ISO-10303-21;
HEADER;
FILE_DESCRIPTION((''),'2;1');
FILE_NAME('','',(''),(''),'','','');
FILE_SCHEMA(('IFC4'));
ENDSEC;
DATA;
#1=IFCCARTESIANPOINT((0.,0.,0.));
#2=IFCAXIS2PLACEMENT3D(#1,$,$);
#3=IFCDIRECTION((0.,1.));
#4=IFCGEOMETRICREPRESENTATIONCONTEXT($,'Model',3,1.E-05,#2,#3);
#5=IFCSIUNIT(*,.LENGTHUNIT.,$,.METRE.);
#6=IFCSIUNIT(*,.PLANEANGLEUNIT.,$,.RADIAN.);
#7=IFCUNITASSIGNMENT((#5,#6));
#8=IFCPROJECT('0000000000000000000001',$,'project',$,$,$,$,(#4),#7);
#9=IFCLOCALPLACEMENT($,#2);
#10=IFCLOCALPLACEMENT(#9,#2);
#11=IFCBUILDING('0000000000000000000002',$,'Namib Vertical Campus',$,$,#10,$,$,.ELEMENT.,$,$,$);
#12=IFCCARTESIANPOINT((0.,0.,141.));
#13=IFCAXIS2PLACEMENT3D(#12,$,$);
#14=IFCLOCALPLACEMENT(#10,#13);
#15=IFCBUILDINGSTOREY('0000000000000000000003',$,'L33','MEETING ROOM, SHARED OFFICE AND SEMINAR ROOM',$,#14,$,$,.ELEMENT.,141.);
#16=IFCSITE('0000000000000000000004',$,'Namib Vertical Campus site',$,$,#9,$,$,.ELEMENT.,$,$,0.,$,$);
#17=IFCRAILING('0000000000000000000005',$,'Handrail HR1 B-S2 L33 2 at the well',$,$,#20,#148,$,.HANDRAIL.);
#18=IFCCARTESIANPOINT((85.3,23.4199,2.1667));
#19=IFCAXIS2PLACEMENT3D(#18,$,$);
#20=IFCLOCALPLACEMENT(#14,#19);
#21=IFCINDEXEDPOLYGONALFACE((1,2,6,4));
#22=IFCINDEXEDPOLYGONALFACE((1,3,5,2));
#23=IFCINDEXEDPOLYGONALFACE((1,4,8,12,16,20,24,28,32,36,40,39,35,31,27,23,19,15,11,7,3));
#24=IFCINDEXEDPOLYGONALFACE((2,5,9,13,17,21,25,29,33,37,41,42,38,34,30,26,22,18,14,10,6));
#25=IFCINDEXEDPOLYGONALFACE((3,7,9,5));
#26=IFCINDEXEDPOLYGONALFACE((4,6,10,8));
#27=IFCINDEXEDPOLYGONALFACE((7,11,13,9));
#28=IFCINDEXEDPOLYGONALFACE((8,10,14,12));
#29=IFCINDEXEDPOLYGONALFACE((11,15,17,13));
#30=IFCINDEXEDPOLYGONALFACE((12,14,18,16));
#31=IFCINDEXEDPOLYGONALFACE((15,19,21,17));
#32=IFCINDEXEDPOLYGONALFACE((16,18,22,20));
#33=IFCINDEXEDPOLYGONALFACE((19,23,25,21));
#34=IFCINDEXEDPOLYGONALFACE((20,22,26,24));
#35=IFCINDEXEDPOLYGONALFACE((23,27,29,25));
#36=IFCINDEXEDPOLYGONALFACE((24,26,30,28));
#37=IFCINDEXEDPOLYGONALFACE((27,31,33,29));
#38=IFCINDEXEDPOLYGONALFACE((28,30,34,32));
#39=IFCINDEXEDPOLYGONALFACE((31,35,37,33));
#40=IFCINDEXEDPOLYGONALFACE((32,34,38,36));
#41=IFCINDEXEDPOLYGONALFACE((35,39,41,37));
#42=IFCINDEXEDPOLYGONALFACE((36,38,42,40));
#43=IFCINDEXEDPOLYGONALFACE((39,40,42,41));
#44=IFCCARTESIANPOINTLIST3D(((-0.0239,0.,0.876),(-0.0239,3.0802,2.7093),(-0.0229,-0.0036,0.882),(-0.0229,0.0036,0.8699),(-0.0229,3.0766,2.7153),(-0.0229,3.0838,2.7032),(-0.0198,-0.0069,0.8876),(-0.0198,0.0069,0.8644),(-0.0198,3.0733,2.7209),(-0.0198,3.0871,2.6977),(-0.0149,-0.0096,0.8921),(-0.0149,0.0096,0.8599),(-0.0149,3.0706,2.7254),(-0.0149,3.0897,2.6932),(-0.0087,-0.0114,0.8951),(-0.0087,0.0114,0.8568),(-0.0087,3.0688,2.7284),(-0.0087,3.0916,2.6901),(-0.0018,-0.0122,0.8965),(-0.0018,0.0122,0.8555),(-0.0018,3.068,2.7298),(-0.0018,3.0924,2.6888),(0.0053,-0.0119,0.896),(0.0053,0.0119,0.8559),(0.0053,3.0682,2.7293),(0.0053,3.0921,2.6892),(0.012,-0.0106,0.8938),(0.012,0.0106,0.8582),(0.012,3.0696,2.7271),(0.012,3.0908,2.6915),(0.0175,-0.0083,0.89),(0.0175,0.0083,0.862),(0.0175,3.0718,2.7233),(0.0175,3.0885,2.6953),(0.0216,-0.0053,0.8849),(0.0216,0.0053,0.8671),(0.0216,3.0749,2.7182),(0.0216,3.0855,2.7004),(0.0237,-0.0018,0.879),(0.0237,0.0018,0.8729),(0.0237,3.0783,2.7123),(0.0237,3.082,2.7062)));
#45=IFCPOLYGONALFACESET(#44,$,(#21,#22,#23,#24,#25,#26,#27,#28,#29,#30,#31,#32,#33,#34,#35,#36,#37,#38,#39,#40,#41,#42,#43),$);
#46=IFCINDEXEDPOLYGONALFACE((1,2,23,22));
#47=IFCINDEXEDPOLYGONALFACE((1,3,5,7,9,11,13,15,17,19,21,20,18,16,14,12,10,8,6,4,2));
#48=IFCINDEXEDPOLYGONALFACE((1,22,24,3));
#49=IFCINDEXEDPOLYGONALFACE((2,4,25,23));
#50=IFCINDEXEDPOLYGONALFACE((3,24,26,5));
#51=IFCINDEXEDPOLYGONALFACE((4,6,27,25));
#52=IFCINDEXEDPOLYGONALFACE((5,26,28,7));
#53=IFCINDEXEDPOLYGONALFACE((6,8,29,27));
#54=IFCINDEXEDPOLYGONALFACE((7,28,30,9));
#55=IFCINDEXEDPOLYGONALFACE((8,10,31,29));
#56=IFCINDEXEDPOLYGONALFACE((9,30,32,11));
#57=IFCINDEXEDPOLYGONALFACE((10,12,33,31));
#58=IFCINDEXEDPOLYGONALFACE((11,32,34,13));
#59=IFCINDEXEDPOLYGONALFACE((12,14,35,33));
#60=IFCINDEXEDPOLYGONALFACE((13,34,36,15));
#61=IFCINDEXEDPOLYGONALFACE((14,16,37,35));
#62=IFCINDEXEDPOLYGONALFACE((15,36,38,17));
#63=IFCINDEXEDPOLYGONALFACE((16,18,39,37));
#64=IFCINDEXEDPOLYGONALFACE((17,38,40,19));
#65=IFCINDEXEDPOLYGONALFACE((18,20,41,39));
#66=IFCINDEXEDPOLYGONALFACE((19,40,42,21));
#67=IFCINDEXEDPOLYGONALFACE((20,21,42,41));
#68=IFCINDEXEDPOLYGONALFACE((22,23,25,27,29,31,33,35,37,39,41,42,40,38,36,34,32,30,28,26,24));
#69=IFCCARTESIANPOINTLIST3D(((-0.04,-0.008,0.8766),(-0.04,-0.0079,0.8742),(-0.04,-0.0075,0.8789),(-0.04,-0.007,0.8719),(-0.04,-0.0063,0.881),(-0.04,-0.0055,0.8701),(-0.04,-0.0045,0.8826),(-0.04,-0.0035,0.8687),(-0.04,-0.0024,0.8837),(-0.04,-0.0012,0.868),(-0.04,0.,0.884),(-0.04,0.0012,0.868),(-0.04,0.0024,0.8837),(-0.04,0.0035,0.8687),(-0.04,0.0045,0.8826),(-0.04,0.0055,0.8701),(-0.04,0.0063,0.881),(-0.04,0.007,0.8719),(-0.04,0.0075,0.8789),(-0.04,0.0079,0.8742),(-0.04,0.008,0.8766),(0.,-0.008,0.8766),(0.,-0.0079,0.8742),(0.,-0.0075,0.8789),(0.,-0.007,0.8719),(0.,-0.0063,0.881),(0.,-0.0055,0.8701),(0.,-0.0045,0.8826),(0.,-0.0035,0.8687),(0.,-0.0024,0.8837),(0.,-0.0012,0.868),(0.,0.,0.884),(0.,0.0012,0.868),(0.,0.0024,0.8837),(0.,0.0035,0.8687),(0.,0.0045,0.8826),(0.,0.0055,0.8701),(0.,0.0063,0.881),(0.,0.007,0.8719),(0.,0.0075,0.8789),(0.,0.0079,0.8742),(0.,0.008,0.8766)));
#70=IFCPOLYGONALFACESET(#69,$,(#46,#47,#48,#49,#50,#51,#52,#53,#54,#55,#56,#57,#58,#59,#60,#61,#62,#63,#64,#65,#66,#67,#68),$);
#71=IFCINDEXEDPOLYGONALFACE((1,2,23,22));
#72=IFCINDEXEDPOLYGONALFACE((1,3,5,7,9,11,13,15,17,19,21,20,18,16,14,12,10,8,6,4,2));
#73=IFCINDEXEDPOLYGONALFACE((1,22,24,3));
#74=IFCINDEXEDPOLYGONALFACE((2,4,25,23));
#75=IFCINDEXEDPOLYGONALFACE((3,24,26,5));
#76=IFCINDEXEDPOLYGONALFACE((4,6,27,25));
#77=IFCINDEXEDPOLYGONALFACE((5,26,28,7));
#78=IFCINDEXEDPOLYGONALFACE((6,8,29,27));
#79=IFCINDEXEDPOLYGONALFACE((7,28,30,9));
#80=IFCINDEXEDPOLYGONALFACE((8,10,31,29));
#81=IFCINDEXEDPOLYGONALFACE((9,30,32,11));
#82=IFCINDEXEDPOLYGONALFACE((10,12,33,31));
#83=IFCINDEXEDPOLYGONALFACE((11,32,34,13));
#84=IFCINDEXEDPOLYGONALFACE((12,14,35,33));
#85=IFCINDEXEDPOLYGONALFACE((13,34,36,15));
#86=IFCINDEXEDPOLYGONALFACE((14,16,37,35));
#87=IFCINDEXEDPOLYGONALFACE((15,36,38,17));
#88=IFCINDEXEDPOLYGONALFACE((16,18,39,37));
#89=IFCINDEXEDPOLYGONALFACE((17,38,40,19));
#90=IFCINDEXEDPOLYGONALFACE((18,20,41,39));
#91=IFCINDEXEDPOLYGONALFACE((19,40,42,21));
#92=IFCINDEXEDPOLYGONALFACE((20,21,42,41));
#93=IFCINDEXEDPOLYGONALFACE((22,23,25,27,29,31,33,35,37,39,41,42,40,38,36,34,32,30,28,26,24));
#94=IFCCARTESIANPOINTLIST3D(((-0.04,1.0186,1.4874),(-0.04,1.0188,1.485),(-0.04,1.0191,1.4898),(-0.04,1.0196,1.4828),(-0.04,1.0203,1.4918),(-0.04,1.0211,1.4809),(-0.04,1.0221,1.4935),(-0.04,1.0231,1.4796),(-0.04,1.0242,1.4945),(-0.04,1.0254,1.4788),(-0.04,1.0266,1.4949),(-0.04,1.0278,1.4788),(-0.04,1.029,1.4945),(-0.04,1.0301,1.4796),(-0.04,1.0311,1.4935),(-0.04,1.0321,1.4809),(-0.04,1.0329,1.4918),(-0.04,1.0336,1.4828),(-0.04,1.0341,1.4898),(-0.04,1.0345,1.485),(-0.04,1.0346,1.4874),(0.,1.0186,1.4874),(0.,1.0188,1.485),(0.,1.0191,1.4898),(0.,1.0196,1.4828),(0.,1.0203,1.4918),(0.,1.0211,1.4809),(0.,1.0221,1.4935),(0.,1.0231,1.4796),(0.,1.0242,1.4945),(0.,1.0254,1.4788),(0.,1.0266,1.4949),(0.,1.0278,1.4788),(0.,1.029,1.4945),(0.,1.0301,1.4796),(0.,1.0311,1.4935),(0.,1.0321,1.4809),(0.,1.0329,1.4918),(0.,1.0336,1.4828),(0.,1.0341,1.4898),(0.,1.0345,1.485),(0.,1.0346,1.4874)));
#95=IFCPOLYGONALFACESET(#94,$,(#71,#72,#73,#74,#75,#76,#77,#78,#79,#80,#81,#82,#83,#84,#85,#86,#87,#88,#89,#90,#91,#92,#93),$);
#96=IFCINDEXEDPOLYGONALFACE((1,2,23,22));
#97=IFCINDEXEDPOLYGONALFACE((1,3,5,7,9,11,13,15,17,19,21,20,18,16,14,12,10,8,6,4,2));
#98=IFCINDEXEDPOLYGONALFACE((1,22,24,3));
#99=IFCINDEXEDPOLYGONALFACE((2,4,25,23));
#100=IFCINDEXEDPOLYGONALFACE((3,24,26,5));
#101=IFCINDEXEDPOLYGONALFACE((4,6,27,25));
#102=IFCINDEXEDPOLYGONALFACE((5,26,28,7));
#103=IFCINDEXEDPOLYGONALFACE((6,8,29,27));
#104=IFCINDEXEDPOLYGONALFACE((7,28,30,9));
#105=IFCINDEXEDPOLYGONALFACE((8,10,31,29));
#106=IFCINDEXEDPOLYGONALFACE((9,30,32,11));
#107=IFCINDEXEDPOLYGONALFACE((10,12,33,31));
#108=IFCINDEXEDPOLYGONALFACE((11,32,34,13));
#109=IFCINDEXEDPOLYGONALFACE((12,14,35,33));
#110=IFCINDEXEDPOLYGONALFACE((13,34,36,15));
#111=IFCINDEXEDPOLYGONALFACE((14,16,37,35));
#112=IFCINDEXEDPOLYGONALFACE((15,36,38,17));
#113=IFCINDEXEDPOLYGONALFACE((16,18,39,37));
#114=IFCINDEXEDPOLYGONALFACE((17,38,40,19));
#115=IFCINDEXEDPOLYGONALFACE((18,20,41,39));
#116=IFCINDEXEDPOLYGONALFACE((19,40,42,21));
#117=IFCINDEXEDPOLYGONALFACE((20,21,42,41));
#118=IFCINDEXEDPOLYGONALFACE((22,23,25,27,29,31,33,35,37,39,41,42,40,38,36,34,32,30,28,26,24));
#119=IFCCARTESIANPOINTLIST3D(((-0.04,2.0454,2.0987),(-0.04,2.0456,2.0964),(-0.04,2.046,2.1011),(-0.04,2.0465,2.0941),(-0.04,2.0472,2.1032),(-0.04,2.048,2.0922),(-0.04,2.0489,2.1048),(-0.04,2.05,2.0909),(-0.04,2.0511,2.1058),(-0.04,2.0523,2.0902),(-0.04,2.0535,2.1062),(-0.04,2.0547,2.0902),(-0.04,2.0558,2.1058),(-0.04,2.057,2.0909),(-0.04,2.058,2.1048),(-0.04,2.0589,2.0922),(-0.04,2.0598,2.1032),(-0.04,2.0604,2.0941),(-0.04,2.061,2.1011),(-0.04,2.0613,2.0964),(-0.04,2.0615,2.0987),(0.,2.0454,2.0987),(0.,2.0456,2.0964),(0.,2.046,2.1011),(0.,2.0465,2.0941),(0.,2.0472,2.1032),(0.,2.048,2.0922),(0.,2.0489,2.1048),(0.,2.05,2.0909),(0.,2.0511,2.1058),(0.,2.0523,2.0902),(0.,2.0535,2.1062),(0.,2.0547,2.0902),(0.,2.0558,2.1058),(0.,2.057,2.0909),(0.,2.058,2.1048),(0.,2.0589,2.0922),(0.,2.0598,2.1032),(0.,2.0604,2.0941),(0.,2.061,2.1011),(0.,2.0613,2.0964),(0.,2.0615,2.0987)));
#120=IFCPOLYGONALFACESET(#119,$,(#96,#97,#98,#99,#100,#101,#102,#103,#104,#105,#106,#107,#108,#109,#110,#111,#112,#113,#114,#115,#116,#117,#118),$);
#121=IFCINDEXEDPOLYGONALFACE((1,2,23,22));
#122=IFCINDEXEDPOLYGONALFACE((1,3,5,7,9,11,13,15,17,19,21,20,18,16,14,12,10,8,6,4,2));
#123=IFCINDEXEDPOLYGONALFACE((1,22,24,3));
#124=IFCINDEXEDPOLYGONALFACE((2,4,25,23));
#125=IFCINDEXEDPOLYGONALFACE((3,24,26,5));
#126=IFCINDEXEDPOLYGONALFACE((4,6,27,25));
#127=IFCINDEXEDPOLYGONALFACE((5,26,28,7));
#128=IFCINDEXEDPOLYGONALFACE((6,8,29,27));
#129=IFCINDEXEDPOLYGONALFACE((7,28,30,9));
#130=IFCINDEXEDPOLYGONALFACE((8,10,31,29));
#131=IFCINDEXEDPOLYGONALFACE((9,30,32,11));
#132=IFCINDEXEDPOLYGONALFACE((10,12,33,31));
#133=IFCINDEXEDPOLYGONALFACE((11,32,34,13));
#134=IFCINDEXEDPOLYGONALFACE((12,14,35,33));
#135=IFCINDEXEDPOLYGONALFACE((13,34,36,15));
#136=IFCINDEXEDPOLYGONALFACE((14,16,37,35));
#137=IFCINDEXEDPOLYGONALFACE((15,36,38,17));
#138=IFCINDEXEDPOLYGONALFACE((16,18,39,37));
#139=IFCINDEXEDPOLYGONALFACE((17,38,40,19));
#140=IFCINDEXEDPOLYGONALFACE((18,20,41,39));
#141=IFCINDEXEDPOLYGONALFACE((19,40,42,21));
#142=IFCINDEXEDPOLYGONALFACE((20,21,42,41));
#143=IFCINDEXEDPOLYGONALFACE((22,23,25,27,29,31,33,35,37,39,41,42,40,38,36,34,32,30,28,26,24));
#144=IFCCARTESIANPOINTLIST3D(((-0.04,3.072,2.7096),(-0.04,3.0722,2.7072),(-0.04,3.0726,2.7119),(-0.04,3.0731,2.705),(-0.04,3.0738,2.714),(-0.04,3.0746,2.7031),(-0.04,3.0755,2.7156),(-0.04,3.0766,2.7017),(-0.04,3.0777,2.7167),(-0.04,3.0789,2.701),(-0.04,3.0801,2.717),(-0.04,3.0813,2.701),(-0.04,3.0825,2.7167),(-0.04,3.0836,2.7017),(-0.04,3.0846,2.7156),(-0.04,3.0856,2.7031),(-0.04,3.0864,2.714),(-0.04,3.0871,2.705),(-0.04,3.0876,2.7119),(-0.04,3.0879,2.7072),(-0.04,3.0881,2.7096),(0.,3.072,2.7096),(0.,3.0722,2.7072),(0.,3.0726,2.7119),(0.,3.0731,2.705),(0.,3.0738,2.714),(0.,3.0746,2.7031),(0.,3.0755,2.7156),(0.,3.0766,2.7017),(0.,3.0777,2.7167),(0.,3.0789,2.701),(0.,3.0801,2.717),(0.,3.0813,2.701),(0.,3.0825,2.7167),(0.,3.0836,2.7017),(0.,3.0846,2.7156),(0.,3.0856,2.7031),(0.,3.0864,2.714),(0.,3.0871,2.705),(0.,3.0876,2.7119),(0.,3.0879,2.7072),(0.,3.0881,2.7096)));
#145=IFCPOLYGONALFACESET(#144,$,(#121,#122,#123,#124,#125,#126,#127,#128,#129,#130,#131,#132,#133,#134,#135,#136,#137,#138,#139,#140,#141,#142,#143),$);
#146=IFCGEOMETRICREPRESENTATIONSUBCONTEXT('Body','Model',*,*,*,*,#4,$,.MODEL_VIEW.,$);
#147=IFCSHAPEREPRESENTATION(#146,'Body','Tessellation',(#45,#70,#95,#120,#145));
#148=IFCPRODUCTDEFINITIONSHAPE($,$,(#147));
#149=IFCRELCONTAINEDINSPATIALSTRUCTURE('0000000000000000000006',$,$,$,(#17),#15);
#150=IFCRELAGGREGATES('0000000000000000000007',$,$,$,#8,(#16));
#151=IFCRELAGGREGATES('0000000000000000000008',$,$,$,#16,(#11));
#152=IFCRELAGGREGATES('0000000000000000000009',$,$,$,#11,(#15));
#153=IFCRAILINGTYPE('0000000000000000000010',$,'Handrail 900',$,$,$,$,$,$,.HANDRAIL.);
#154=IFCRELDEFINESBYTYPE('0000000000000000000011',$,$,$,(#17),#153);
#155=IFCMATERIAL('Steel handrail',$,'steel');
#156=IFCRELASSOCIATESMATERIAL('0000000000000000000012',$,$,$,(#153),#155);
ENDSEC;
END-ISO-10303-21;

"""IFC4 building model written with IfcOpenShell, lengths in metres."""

from ifc_helpers import new_model, si_unit, direction, frame, origin, origin_2d, place, context, subcontext, project, spatial, circle, extrude, material, type_object, element, save


model = new_model("IFC4")

# Units and contexts
model_context = context("Model", 3, precision=1e-05, world=origin(), true_north=direction((0.0, 1.0)))
body_context = subcontext(model_context, "Body", "Model", "MODEL_VIEW")
ifc_project = project(units=[si_unit("LENGTHUNIT", "METRE"), si_unit("PLANEANGLEUNIT", "RADIAN")], contexts=[model_context])

# Site, building, storey
site_placement = place(None, origin())
site = spatial("IfcSite", under=ifc_project, at=site_placement, Name="Namib Vertical Campus site", CompositionType="ELEMENT", RefElevation=0.0)
building_placement = place(site_placement, origin())
building = spatial("IfcBuilding", under=site, at=building_placement, Name="Namib Vertical Campus", CompositionType="ELEMENT")
storey_placement = place(building_placement, frame((0.0, 0.0, 141.0)))
storey = spatial("IfcBuildingStorey", under=building, at=storey_placement, Name="L33", Description="MEETING ROOM, SHARED OFFICE AND SEMINAR ROOM", CompositionType="ELEMENT", Elevation=141.0)

# Railing
ifc_material_1 = material(Name="Steel handrail", Category="steel")
railing_type_1 = type_object("IfcRailingType", Name="Handrail 900", PredefinedType="HANDRAIL", material=ifc_material_1)
railing_1_placement = place(storey_placement, frame((85.3, 23.4199, 2.1667)))
element("IfcRailing", 1, at=railing_1_placement, inside=storey, type_object=railing_type_1, Name="Handrail HR1 B-S2 L33 2 at the well", PredefinedType="HANDRAIL", context=body_context, shape_type="SweptSolid", body=[
    extrude(circle(Radius=0.0239, at=origin_2d()), frame((0.0, 0.0, 0.876), z_axis=(0.0, 0.859309, 0.511458), x_axis=(-1.0, 0.0, 0.0)), (0.0, 0.0, 1.0), 3.5845),
    extrude(circle(Radius=0.0081, at=origin_2d()), frame((0.0, 0.0, 0.876), z_axis=(-1.0, 0.0, 0.0), x_axis=(0.0, 0.0, 1.0)), (0.0, 0.0, 1.0), 0.04),
    extrude(circle(Radius=0.0081, at=origin_2d()), frame((0.0, 1.0266, 1.4868), z_axis=(-1.0, 0.0, 0.0), x_axis=(0.0, 0.0, 1.0)), (0.0, 0.0, 1.0), 0.04),
    extrude(circle(Radius=0.0081, at=origin_2d()), frame((0.0, 2.0535, 2.0981), z_axis=(-1.0, 0.0, 0.0), x_axis=(0.0, 0.0, 1.0)), (0.0, 0.0, 1.0), 0.04),
    extrude(circle(Radius=0.0081, at=origin_2d()), frame((0.0, 3.0801, 2.709), z_axis=(-1.0, 0.0, 0.0), x_axis=(0.0, 0.0, 1.0)), (0.0, 0.0, 1.0), 0.04),
])

save(model, "model.ifc")
